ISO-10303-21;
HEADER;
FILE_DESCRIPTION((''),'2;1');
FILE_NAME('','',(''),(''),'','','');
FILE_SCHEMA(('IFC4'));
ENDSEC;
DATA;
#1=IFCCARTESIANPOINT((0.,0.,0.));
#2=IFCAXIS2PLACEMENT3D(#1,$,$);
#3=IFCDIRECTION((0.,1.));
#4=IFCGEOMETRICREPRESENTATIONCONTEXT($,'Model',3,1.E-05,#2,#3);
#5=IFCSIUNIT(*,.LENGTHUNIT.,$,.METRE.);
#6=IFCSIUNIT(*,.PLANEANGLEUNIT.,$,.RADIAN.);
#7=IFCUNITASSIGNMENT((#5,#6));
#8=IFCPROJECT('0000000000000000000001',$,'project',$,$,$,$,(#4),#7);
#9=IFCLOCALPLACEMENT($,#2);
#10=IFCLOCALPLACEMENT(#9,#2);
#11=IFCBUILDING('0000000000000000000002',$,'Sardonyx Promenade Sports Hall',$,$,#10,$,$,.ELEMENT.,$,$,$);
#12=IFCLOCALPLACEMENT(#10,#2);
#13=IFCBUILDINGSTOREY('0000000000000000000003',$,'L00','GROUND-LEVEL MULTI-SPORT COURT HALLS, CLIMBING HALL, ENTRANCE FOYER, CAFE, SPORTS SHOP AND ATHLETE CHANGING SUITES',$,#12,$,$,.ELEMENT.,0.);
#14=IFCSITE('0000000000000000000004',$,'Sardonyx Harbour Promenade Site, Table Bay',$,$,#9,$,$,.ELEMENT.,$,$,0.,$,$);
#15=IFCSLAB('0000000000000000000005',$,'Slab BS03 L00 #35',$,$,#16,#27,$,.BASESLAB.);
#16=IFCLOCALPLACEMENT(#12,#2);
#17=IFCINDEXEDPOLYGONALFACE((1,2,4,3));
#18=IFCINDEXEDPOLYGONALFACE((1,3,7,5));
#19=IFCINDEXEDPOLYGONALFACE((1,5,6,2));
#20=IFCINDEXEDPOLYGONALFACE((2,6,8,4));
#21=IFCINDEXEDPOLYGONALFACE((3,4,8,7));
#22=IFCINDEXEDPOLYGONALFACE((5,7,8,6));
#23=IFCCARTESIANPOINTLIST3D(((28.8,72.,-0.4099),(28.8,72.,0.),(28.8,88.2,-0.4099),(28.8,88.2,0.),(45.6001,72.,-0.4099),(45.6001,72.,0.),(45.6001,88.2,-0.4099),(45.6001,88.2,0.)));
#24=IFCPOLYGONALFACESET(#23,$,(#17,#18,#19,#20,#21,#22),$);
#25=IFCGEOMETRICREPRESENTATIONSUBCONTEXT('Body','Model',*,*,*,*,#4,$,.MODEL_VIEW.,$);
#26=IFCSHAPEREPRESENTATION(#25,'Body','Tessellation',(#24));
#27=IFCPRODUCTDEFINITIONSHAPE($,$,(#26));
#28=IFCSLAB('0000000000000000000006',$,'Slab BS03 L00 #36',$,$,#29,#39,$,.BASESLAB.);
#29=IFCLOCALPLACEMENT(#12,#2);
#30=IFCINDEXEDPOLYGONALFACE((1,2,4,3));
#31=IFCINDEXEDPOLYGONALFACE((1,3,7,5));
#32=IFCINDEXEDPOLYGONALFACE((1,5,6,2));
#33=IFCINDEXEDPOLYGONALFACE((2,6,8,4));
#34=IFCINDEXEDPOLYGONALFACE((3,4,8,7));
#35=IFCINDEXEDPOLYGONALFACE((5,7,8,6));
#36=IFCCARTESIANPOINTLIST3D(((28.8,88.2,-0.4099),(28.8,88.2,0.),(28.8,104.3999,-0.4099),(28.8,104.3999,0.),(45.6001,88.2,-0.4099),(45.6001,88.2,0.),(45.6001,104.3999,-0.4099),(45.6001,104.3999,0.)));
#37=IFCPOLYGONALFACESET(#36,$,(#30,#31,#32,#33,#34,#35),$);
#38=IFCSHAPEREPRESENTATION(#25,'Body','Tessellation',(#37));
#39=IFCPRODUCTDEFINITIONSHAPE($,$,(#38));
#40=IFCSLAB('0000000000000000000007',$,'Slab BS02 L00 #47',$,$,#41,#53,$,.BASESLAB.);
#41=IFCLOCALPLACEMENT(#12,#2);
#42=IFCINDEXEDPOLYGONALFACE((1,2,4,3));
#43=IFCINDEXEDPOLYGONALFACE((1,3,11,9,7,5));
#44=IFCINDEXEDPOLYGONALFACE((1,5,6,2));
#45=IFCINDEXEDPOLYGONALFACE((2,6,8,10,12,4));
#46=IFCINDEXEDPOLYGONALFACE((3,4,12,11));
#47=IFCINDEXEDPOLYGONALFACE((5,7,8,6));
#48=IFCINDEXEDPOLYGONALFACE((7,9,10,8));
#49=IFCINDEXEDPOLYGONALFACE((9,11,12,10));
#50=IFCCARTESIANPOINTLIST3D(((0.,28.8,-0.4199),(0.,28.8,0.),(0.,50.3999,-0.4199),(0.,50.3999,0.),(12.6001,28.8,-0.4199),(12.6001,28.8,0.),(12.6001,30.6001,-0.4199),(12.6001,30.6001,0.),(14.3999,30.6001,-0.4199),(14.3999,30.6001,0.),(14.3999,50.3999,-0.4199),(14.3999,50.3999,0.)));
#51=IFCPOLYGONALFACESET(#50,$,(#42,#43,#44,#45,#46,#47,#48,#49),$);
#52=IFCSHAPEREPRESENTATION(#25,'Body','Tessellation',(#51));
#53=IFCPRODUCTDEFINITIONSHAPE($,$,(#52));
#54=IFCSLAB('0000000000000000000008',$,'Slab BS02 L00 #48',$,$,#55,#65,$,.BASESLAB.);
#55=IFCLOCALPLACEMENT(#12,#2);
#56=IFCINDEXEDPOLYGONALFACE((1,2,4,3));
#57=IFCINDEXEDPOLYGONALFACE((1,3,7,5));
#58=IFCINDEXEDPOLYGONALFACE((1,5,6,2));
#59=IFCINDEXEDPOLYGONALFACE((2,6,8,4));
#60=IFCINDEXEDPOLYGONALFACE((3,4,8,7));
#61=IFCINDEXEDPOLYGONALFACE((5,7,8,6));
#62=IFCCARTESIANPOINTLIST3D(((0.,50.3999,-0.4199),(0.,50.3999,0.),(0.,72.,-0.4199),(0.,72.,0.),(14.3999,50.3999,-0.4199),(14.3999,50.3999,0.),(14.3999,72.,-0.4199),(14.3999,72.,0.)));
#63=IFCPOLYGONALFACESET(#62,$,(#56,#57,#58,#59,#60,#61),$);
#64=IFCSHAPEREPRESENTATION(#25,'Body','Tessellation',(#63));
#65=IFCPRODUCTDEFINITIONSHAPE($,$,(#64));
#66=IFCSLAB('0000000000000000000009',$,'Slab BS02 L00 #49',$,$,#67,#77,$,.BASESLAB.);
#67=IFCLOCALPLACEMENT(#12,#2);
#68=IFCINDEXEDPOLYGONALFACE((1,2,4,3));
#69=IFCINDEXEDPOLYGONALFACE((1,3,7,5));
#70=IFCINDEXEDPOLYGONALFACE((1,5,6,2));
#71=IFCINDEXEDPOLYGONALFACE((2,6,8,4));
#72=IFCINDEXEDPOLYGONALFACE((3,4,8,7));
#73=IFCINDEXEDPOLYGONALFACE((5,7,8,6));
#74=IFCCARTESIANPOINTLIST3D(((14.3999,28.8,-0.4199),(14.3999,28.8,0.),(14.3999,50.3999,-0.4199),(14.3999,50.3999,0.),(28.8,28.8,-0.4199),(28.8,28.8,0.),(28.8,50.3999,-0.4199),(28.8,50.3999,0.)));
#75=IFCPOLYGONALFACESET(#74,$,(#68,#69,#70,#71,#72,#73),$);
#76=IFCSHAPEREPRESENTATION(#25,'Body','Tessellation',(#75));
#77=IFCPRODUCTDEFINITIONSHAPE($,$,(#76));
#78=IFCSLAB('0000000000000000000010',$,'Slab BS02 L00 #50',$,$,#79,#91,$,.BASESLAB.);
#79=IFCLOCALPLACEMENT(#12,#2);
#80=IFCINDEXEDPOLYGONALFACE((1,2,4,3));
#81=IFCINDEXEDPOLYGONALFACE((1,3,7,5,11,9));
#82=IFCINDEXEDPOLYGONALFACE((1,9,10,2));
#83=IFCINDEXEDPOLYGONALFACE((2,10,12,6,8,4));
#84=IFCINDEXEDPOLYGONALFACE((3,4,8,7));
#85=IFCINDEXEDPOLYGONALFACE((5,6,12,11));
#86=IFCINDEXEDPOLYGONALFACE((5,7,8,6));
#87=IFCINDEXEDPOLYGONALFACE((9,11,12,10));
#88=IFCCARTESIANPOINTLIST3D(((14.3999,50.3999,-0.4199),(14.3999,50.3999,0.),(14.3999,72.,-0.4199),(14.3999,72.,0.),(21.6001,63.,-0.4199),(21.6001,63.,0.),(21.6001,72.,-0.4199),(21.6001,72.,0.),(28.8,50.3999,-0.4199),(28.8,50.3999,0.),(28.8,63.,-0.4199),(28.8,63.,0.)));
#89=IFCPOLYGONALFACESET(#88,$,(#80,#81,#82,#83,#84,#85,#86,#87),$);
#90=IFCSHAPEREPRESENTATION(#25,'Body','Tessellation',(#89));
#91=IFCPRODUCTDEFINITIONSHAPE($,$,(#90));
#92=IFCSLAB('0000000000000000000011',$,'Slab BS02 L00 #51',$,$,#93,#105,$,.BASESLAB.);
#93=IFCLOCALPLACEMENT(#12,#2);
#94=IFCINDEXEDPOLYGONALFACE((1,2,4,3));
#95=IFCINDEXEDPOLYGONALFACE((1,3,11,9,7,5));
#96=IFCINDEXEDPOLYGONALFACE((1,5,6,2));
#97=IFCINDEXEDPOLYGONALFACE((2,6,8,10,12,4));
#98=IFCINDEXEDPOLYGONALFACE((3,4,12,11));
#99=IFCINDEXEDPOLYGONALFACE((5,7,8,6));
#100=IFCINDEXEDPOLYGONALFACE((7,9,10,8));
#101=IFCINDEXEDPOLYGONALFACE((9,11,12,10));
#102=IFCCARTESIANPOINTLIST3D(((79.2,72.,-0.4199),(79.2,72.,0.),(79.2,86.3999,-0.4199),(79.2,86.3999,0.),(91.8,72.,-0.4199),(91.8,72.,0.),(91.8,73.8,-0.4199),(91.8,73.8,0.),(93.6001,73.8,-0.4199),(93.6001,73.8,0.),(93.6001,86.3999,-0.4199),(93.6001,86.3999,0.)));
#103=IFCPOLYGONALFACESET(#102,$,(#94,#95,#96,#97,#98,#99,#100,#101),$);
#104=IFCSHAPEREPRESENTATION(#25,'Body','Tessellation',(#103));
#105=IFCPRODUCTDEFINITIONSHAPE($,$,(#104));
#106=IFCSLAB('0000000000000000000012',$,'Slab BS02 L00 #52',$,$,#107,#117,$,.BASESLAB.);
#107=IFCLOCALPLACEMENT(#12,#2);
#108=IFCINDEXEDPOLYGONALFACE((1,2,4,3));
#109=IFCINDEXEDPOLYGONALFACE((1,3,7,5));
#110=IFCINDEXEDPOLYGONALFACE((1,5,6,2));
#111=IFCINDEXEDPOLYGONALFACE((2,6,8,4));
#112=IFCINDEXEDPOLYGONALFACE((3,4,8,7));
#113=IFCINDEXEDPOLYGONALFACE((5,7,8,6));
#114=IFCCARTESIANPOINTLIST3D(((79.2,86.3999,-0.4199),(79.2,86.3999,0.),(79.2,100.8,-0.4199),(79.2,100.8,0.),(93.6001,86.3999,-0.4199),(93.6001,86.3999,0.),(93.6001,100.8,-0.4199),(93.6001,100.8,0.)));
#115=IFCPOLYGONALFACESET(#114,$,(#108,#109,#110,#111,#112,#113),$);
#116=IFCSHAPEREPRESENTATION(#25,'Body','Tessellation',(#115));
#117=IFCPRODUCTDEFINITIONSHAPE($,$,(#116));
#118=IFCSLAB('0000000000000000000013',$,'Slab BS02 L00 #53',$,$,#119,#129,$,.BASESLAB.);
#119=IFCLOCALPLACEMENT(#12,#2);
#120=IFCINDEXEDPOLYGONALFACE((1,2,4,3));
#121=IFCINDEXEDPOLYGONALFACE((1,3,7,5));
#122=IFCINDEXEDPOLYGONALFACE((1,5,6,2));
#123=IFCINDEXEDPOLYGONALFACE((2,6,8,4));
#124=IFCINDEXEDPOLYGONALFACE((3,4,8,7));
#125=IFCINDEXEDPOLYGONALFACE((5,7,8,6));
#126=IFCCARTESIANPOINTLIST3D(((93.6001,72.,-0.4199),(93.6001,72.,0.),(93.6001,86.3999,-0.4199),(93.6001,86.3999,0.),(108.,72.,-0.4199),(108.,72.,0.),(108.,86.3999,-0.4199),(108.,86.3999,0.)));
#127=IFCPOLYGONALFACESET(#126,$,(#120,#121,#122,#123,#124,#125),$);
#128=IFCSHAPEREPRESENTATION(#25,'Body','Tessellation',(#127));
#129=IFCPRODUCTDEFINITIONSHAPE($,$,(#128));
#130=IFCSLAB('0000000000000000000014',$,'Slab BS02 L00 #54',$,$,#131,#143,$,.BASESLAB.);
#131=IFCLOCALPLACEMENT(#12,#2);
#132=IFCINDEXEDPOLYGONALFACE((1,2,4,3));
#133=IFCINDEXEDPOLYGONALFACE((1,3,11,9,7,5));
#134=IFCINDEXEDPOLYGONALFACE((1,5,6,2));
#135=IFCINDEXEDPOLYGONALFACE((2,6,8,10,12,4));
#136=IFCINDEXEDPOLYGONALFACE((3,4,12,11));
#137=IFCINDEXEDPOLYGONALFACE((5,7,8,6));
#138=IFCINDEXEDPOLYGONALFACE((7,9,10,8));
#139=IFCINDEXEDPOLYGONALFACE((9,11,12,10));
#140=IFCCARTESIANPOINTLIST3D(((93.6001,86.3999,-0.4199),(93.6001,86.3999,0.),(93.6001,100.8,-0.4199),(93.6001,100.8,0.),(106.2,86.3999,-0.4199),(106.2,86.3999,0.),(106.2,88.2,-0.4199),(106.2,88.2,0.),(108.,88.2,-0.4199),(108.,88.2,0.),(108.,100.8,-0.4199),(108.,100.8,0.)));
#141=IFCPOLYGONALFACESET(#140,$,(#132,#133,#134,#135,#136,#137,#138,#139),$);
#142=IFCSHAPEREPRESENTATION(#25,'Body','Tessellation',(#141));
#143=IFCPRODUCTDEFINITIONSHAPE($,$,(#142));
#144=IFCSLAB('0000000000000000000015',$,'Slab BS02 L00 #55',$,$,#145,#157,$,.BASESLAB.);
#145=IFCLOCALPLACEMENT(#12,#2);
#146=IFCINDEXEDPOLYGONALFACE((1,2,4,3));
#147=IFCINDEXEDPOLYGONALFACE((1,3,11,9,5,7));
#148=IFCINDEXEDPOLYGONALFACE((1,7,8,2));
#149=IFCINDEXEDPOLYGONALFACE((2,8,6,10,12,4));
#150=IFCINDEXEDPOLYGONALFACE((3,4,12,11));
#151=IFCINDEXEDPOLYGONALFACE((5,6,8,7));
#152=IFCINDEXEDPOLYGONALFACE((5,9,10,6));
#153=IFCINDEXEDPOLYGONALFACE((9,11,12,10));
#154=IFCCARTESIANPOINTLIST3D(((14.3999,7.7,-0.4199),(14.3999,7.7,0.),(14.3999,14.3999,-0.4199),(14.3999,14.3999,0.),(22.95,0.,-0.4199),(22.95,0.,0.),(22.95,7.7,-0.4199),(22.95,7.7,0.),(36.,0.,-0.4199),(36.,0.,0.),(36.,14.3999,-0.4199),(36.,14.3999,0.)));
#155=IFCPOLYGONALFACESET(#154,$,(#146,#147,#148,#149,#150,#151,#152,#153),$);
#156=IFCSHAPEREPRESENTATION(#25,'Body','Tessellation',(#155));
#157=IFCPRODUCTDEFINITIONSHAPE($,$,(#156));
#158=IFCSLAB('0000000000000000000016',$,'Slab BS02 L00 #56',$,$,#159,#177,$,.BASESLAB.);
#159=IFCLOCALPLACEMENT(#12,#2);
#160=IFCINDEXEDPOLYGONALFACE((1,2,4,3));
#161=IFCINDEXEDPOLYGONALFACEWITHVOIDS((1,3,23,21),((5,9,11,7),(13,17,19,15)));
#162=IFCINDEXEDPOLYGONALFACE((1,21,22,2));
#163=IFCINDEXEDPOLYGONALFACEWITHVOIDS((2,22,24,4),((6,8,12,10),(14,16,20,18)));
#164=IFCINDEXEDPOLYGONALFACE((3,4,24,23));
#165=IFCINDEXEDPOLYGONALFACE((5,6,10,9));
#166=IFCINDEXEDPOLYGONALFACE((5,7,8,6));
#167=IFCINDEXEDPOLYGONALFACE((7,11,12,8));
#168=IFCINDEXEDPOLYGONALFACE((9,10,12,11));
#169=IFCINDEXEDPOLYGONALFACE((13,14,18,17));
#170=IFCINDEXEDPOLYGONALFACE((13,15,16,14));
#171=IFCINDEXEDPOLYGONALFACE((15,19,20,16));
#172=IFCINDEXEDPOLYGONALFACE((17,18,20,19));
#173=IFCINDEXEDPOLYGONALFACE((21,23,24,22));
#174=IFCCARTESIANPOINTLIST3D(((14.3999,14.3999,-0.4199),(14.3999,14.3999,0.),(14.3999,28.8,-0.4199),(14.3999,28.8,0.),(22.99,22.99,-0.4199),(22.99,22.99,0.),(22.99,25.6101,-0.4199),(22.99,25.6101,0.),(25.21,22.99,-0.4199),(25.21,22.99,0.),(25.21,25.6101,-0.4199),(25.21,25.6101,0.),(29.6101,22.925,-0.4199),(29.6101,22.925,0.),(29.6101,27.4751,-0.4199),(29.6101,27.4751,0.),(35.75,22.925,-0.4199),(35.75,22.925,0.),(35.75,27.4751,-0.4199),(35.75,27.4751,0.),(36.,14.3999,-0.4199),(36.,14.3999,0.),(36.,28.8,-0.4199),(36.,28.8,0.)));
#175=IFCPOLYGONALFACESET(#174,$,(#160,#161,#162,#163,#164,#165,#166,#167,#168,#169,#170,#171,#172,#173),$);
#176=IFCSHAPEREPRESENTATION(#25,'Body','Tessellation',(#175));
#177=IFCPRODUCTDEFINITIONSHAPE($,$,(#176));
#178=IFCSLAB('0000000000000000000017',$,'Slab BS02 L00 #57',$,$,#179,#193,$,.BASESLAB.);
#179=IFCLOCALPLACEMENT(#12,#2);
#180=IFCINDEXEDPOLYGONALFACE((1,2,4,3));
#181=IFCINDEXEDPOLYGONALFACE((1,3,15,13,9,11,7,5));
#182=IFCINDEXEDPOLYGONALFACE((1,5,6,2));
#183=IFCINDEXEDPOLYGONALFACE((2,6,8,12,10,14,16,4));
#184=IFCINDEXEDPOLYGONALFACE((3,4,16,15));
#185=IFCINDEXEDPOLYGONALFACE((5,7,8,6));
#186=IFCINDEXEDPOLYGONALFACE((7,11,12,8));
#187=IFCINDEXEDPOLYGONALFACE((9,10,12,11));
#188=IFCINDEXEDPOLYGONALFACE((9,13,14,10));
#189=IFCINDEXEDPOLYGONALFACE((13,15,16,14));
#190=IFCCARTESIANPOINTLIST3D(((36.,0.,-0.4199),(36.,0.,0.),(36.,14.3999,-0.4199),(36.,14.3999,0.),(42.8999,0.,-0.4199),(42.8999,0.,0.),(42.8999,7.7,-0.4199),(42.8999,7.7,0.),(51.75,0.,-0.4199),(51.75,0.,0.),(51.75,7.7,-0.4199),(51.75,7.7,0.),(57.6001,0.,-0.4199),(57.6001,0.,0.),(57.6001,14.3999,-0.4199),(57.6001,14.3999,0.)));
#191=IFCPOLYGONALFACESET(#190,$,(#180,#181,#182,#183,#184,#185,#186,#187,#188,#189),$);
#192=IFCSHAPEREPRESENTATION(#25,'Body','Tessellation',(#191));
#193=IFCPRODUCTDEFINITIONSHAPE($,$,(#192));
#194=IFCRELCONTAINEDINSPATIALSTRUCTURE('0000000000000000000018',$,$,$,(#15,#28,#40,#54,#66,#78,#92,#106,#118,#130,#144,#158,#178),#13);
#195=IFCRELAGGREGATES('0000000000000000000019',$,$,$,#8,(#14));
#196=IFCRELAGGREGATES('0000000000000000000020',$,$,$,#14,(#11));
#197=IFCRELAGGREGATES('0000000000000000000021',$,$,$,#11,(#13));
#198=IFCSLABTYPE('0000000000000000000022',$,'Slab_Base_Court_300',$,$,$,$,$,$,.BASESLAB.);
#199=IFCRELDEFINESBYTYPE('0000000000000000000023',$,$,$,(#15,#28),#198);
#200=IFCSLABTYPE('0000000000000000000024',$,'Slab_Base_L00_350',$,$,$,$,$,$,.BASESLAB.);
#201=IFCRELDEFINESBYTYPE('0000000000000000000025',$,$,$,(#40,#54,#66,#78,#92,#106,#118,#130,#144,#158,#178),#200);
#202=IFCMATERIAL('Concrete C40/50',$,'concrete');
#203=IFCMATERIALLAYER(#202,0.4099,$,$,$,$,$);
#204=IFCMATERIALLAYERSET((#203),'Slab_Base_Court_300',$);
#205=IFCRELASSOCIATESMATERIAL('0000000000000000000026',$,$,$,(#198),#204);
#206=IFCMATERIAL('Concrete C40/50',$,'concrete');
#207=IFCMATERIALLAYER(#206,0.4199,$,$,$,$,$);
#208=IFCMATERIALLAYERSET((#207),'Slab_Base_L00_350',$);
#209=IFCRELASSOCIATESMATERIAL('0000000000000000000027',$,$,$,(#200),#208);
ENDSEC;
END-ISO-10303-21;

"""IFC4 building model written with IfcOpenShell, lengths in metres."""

from ifc_helpers import new_model, si_unit, direction, frame, origin, place, context, subcontext, project, spatial, polyline, outline, extrude, material, layer, layer_set, type_object, element, save


model = new_model("IFC4")

# Units and contexts
model_context = context("Model", 3, precision=1e-05, world=origin(), true_north=direction((0.0, 1.0)))
body_context = subcontext(model_context, "Body", "Model", "MODEL_VIEW")
ifc_project = project(units=[si_unit("LENGTHUNIT", "METRE"), si_unit("PLANEANGLEUNIT", "RADIAN")], contexts=[model_context])

# Site, building, storey
site_placement = place(None, origin())
site = spatial("IfcSite", under=ifc_project, at=site_placement, Name="Sardonyx Harbour Promenade Site, Table Bay", CompositionType="ELEMENT", RefElevation=0.0)
building_placement = place(site_placement, origin())
building = spatial("IfcBuilding", under=site, at=building_placement, Name="Sardonyx Promenade Sports Hall", CompositionType="ELEMENT")
storey_placement = place(building_placement, origin())
storey = spatial("IfcBuildingStorey", under=building, at=storey_placement, Name="L00", Description="GROUND-LEVEL MULTI-SPORT COURT HALLS, CLIMBING HALL, ENTRANCE FOYER, CAFE, SPORTS SHOP AND ATHLETE CHANGING SUITES", CompositionType="ELEMENT", Elevation=0.0)

# Slabs
ifc_material_1 = material(Name="Concrete C40/50", Category="concrete")
ifc_layer_1 = layer(ifc_material_1, 0.4099)
ifc_layer_set_1 = layer_set([ifc_layer_1], Name="Slab_Base_Court_300")
slab_type_1 = type_object("IfcSlabType", Name="Slab_Base_Court_300", PredefinedType="BASESLAB", material=ifc_layer_set_1)
slab_1_placement = place(storey_placement, frame((0.0, 0.0, -0.4099)))
element("IfcSlab", 1, at=slab_1_placement, inside=storey, type_object=slab_type_1, Name="Slab BS03 L00 #35", PredefinedType="BASESLAB", context=body_context, shape_type="SweptSolid", body=[
    extrude(outline(polyline([(28.8, 88.2), (28.8, 72.0), (45.6001, 72.0), (45.6001, 88.2), (28.8, 88.2)])), origin(), (0.0, 0.0, 1.0), 0.4099),
])
slab_2_placement = place(storey_placement, frame((0.0, 0.0, -0.4099)))
element("IfcSlab", 2, at=slab_2_placement, inside=storey, type_object=slab_type_1, Name="Slab BS03 L00 #36", PredefinedType="BASESLAB", context=body_context, shape_type="SweptSolid", body=[
    extrude(outline(polyline([(28.8, 88.2), (45.6001, 88.2), (45.6001, 104.3999), (28.8, 104.3999), (28.8, 88.2)])), origin(), (0.0, 0.0, 1.0), 0.4099),
])
ifc_material_2 = material(Name="Concrete C40/50", Category="concrete")
ifc_layer_2 = layer(ifc_material_2, 0.4199)
ifc_layer_set_2 = layer_set([ifc_layer_2], Name="Slab_Base_L00_350")
slab_type_2 = type_object("IfcSlabType", Name="Slab_Base_L00_350", PredefinedType="BASESLAB", material=ifc_layer_set_2)
slab_3_placement = place(storey_placement, frame((0.0, 0.0, -0.4199)))
element("IfcSlab", 3, at=slab_3_placement, inside=storey, type_object=slab_type_2, Name="Slab BS02 L00 #47", PredefinedType="BASESLAB", context=body_context, shape_type="SweptSolid", body=[
    extrude(outline(polyline([(0.0, 28.8), (12.6001, 28.8), (12.6001, 30.6001), (14.3999, 30.6001), (14.3999, 50.3999), (0.0, 50.3999), (0.0, 28.8)])), origin(), (0.0, 0.0, 1.0), 0.4199),
])
slab_4_placement = place(storey_placement, frame((0.0, 0.0, -0.4199)))
element("IfcSlab", 4, at=slab_4_placement, inside=storey, type_object=slab_type_2, Name="Slab BS02 L00 #48", PredefinedType="BASESLAB", context=body_context, shape_type="SweptSolid", body=[
    extrude(outline(polyline([(0.0, 50.3999), (14.3999, 50.3999), (14.3999, 72.0), (0.0, 72.0), (0.0, 50.3999)])), origin(), (0.0, 0.0, 1.0), 0.4199),
])
slab_5_placement = place(storey_placement, frame((0.0, 0.0, -0.4199)))
element("IfcSlab", 5, at=slab_5_placement, inside=storey, type_object=slab_type_2, Name="Slab BS02 L00 #49", PredefinedType="BASESLAB", context=body_context, shape_type="SweptSolid", body=[
    extrude(outline(polyline([(14.3999, 28.8), (28.8, 28.8), (28.8, 50.3999), (14.3999, 50.3999), (14.3999, 28.8)])), origin(), (0.0, 0.0, 1.0), 0.4199),
])
slab_6_placement = place(storey_placement, frame((0.0, 0.0, -0.4199)))
element("IfcSlab", 6, at=slab_6_placement, inside=storey, type_object=slab_type_2, Name="Slab BS02 L00 #50", PredefinedType="BASESLAB", context=body_context, shape_type="SweptSolid", body=[
    extrude(outline(polyline([(28.8, 50.3999), (28.8, 63.0), (21.6001, 63.0), (21.6001, 72.0), (14.3999, 72.0), (14.3999, 50.3999), (28.8, 50.3999)])), origin(), (0.0, 0.0, 1.0), 0.4199),
])
slab_7_placement = place(storey_placement, frame((0.0, 0.0, -0.4199)))
element("IfcSlab", 7, at=slab_7_placement, inside=storey, type_object=slab_type_2, Name="Slab BS02 L00 #51", PredefinedType="BASESLAB", context=body_context, shape_type="SweptSolid", body=[
    extrude(outline(polyline([(79.2, 72.0), (91.8, 72.0), (91.8, 73.8), (93.6001, 73.8), (93.6001, 86.3999), (79.2, 86.3999), (79.2, 72.0)])), origin(), (0.0, 0.0, 1.0), 0.4199),
])
slab_8_placement = place(storey_placement, frame((0.0, 0.0, -0.4199)))
element("IfcSlab", 8, at=slab_8_placement, inside=storey, type_object=slab_type_2, Name="Slab BS02 L00 #52", PredefinedType="BASESLAB", context=body_context, shape_type="SweptSolid", body=[
    extrude(outline(polyline([(79.2, 86.3999), (93.6001, 86.3999), (93.6001, 100.8), (79.2, 100.8), (79.2, 86.3999)])), origin(), (0.0, 0.0, 1.0), 0.4199),
])
slab_9_placement = place(storey_placement, frame((0.0, 0.0, -0.4199)))
element("IfcSlab", 9, at=slab_9_placement, inside=storey, type_object=slab_type_2, Name="Slab BS02 L00 #53", PredefinedType="BASESLAB", context=body_context, shape_type="SweptSolid", body=[
    extrude(outline(polyline([(93.6001, 72.0), (108.0, 72.0), (108.0, 86.3999), (93.6001, 86.3999), (93.6001, 72.0)])), origin(), (0.0, 0.0, 1.0), 0.4199),
])
slab_10_placement = place(storey_placement, frame((0.0, 0.0, -0.4199)))
element("IfcSlab", 10, at=slab_10_placement, inside=storey, type_object=slab_type_2, Name="Slab BS02 L00 #54", PredefinedType="BASESLAB", context=body_context, shape_type="SweptSolid", body=[
    extrude(outline(polyline([(93.6001, 86.3999), (106.2, 86.3999), (106.2, 88.2), (108.0, 88.2), (108.0, 100.8), (93.6001, 100.8), (93.6001, 86.3999)])), origin(), (0.0, 0.0, 1.0), 0.4199),
])
slab_11_placement = place(storey_placement, frame((0.0, 0.0, -0.4199)))
element("IfcSlab", 11, at=slab_11_placement, inside=storey, type_object=slab_type_2, Name="Slab BS02 L00 #55", PredefinedType="BASESLAB", context=body_context, shape_type="SweptSolid", body=[
    extrude(outline(polyline([(14.3999, 14.3999), (14.3999, 7.7), (22.95, 7.7), (22.95, 0.0), (36.0, 0.0), (36.0, 14.3999), (14.3999, 14.3999)])), origin(), (0.0, 0.0, 1.0), 0.4199),
])
slab_12_placement = place(storey_placement, frame((0.0, 0.0, -0.4199)))
element("IfcSlab", 12, at=slab_12_placement, inside=storey, type_object=slab_type_2, Name="Slab BS02 L00 #56", PredefinedType="BASESLAB", context=body_context, shape_type="SweptSolid", body=[
    extrude(outline(polyline([(14.3999, 28.8), (14.3999, 14.3999), (36.0, 14.3999), (36.0, 28.8), (14.3999, 28.8)]), holes=[polyline([(29.6101, 27.4751), (35.75, 27.4751), (35.75, 22.925), (29.6101, 22.925), (29.6101, 27.4751)]), polyline([(22.99, 25.6101), (25.21, 25.6101), (25.21, 22.99), (22.99, 22.99), (22.99, 25.6101)])]), origin(), (0.0, 0.0, 1.0), 0.4199),
])
slab_13_placement = place(storey_placement, frame((0.0, 0.0, -0.4199)))
element("IfcSlab", 13, at=slab_13_placement, inside=storey, type_object=slab_type_2, Name="Slab BS02 L00 #57", PredefinedType="BASESLAB", context=body_context, shape_type="SweptSolid", body=[
    extrude(outline(polyline([(36.0, 0.0), (42.8999, 0.0), (42.8999, 7.7), (51.75, 7.7), (51.75, 0.0), (57.6001, 0.0), (57.6001, 14.3999), (36.0, 14.3999), (36.0, 0.0)])), origin(), (0.0, 0.0, 1.0), 0.4199),
])

save(model, "model.ifc")
